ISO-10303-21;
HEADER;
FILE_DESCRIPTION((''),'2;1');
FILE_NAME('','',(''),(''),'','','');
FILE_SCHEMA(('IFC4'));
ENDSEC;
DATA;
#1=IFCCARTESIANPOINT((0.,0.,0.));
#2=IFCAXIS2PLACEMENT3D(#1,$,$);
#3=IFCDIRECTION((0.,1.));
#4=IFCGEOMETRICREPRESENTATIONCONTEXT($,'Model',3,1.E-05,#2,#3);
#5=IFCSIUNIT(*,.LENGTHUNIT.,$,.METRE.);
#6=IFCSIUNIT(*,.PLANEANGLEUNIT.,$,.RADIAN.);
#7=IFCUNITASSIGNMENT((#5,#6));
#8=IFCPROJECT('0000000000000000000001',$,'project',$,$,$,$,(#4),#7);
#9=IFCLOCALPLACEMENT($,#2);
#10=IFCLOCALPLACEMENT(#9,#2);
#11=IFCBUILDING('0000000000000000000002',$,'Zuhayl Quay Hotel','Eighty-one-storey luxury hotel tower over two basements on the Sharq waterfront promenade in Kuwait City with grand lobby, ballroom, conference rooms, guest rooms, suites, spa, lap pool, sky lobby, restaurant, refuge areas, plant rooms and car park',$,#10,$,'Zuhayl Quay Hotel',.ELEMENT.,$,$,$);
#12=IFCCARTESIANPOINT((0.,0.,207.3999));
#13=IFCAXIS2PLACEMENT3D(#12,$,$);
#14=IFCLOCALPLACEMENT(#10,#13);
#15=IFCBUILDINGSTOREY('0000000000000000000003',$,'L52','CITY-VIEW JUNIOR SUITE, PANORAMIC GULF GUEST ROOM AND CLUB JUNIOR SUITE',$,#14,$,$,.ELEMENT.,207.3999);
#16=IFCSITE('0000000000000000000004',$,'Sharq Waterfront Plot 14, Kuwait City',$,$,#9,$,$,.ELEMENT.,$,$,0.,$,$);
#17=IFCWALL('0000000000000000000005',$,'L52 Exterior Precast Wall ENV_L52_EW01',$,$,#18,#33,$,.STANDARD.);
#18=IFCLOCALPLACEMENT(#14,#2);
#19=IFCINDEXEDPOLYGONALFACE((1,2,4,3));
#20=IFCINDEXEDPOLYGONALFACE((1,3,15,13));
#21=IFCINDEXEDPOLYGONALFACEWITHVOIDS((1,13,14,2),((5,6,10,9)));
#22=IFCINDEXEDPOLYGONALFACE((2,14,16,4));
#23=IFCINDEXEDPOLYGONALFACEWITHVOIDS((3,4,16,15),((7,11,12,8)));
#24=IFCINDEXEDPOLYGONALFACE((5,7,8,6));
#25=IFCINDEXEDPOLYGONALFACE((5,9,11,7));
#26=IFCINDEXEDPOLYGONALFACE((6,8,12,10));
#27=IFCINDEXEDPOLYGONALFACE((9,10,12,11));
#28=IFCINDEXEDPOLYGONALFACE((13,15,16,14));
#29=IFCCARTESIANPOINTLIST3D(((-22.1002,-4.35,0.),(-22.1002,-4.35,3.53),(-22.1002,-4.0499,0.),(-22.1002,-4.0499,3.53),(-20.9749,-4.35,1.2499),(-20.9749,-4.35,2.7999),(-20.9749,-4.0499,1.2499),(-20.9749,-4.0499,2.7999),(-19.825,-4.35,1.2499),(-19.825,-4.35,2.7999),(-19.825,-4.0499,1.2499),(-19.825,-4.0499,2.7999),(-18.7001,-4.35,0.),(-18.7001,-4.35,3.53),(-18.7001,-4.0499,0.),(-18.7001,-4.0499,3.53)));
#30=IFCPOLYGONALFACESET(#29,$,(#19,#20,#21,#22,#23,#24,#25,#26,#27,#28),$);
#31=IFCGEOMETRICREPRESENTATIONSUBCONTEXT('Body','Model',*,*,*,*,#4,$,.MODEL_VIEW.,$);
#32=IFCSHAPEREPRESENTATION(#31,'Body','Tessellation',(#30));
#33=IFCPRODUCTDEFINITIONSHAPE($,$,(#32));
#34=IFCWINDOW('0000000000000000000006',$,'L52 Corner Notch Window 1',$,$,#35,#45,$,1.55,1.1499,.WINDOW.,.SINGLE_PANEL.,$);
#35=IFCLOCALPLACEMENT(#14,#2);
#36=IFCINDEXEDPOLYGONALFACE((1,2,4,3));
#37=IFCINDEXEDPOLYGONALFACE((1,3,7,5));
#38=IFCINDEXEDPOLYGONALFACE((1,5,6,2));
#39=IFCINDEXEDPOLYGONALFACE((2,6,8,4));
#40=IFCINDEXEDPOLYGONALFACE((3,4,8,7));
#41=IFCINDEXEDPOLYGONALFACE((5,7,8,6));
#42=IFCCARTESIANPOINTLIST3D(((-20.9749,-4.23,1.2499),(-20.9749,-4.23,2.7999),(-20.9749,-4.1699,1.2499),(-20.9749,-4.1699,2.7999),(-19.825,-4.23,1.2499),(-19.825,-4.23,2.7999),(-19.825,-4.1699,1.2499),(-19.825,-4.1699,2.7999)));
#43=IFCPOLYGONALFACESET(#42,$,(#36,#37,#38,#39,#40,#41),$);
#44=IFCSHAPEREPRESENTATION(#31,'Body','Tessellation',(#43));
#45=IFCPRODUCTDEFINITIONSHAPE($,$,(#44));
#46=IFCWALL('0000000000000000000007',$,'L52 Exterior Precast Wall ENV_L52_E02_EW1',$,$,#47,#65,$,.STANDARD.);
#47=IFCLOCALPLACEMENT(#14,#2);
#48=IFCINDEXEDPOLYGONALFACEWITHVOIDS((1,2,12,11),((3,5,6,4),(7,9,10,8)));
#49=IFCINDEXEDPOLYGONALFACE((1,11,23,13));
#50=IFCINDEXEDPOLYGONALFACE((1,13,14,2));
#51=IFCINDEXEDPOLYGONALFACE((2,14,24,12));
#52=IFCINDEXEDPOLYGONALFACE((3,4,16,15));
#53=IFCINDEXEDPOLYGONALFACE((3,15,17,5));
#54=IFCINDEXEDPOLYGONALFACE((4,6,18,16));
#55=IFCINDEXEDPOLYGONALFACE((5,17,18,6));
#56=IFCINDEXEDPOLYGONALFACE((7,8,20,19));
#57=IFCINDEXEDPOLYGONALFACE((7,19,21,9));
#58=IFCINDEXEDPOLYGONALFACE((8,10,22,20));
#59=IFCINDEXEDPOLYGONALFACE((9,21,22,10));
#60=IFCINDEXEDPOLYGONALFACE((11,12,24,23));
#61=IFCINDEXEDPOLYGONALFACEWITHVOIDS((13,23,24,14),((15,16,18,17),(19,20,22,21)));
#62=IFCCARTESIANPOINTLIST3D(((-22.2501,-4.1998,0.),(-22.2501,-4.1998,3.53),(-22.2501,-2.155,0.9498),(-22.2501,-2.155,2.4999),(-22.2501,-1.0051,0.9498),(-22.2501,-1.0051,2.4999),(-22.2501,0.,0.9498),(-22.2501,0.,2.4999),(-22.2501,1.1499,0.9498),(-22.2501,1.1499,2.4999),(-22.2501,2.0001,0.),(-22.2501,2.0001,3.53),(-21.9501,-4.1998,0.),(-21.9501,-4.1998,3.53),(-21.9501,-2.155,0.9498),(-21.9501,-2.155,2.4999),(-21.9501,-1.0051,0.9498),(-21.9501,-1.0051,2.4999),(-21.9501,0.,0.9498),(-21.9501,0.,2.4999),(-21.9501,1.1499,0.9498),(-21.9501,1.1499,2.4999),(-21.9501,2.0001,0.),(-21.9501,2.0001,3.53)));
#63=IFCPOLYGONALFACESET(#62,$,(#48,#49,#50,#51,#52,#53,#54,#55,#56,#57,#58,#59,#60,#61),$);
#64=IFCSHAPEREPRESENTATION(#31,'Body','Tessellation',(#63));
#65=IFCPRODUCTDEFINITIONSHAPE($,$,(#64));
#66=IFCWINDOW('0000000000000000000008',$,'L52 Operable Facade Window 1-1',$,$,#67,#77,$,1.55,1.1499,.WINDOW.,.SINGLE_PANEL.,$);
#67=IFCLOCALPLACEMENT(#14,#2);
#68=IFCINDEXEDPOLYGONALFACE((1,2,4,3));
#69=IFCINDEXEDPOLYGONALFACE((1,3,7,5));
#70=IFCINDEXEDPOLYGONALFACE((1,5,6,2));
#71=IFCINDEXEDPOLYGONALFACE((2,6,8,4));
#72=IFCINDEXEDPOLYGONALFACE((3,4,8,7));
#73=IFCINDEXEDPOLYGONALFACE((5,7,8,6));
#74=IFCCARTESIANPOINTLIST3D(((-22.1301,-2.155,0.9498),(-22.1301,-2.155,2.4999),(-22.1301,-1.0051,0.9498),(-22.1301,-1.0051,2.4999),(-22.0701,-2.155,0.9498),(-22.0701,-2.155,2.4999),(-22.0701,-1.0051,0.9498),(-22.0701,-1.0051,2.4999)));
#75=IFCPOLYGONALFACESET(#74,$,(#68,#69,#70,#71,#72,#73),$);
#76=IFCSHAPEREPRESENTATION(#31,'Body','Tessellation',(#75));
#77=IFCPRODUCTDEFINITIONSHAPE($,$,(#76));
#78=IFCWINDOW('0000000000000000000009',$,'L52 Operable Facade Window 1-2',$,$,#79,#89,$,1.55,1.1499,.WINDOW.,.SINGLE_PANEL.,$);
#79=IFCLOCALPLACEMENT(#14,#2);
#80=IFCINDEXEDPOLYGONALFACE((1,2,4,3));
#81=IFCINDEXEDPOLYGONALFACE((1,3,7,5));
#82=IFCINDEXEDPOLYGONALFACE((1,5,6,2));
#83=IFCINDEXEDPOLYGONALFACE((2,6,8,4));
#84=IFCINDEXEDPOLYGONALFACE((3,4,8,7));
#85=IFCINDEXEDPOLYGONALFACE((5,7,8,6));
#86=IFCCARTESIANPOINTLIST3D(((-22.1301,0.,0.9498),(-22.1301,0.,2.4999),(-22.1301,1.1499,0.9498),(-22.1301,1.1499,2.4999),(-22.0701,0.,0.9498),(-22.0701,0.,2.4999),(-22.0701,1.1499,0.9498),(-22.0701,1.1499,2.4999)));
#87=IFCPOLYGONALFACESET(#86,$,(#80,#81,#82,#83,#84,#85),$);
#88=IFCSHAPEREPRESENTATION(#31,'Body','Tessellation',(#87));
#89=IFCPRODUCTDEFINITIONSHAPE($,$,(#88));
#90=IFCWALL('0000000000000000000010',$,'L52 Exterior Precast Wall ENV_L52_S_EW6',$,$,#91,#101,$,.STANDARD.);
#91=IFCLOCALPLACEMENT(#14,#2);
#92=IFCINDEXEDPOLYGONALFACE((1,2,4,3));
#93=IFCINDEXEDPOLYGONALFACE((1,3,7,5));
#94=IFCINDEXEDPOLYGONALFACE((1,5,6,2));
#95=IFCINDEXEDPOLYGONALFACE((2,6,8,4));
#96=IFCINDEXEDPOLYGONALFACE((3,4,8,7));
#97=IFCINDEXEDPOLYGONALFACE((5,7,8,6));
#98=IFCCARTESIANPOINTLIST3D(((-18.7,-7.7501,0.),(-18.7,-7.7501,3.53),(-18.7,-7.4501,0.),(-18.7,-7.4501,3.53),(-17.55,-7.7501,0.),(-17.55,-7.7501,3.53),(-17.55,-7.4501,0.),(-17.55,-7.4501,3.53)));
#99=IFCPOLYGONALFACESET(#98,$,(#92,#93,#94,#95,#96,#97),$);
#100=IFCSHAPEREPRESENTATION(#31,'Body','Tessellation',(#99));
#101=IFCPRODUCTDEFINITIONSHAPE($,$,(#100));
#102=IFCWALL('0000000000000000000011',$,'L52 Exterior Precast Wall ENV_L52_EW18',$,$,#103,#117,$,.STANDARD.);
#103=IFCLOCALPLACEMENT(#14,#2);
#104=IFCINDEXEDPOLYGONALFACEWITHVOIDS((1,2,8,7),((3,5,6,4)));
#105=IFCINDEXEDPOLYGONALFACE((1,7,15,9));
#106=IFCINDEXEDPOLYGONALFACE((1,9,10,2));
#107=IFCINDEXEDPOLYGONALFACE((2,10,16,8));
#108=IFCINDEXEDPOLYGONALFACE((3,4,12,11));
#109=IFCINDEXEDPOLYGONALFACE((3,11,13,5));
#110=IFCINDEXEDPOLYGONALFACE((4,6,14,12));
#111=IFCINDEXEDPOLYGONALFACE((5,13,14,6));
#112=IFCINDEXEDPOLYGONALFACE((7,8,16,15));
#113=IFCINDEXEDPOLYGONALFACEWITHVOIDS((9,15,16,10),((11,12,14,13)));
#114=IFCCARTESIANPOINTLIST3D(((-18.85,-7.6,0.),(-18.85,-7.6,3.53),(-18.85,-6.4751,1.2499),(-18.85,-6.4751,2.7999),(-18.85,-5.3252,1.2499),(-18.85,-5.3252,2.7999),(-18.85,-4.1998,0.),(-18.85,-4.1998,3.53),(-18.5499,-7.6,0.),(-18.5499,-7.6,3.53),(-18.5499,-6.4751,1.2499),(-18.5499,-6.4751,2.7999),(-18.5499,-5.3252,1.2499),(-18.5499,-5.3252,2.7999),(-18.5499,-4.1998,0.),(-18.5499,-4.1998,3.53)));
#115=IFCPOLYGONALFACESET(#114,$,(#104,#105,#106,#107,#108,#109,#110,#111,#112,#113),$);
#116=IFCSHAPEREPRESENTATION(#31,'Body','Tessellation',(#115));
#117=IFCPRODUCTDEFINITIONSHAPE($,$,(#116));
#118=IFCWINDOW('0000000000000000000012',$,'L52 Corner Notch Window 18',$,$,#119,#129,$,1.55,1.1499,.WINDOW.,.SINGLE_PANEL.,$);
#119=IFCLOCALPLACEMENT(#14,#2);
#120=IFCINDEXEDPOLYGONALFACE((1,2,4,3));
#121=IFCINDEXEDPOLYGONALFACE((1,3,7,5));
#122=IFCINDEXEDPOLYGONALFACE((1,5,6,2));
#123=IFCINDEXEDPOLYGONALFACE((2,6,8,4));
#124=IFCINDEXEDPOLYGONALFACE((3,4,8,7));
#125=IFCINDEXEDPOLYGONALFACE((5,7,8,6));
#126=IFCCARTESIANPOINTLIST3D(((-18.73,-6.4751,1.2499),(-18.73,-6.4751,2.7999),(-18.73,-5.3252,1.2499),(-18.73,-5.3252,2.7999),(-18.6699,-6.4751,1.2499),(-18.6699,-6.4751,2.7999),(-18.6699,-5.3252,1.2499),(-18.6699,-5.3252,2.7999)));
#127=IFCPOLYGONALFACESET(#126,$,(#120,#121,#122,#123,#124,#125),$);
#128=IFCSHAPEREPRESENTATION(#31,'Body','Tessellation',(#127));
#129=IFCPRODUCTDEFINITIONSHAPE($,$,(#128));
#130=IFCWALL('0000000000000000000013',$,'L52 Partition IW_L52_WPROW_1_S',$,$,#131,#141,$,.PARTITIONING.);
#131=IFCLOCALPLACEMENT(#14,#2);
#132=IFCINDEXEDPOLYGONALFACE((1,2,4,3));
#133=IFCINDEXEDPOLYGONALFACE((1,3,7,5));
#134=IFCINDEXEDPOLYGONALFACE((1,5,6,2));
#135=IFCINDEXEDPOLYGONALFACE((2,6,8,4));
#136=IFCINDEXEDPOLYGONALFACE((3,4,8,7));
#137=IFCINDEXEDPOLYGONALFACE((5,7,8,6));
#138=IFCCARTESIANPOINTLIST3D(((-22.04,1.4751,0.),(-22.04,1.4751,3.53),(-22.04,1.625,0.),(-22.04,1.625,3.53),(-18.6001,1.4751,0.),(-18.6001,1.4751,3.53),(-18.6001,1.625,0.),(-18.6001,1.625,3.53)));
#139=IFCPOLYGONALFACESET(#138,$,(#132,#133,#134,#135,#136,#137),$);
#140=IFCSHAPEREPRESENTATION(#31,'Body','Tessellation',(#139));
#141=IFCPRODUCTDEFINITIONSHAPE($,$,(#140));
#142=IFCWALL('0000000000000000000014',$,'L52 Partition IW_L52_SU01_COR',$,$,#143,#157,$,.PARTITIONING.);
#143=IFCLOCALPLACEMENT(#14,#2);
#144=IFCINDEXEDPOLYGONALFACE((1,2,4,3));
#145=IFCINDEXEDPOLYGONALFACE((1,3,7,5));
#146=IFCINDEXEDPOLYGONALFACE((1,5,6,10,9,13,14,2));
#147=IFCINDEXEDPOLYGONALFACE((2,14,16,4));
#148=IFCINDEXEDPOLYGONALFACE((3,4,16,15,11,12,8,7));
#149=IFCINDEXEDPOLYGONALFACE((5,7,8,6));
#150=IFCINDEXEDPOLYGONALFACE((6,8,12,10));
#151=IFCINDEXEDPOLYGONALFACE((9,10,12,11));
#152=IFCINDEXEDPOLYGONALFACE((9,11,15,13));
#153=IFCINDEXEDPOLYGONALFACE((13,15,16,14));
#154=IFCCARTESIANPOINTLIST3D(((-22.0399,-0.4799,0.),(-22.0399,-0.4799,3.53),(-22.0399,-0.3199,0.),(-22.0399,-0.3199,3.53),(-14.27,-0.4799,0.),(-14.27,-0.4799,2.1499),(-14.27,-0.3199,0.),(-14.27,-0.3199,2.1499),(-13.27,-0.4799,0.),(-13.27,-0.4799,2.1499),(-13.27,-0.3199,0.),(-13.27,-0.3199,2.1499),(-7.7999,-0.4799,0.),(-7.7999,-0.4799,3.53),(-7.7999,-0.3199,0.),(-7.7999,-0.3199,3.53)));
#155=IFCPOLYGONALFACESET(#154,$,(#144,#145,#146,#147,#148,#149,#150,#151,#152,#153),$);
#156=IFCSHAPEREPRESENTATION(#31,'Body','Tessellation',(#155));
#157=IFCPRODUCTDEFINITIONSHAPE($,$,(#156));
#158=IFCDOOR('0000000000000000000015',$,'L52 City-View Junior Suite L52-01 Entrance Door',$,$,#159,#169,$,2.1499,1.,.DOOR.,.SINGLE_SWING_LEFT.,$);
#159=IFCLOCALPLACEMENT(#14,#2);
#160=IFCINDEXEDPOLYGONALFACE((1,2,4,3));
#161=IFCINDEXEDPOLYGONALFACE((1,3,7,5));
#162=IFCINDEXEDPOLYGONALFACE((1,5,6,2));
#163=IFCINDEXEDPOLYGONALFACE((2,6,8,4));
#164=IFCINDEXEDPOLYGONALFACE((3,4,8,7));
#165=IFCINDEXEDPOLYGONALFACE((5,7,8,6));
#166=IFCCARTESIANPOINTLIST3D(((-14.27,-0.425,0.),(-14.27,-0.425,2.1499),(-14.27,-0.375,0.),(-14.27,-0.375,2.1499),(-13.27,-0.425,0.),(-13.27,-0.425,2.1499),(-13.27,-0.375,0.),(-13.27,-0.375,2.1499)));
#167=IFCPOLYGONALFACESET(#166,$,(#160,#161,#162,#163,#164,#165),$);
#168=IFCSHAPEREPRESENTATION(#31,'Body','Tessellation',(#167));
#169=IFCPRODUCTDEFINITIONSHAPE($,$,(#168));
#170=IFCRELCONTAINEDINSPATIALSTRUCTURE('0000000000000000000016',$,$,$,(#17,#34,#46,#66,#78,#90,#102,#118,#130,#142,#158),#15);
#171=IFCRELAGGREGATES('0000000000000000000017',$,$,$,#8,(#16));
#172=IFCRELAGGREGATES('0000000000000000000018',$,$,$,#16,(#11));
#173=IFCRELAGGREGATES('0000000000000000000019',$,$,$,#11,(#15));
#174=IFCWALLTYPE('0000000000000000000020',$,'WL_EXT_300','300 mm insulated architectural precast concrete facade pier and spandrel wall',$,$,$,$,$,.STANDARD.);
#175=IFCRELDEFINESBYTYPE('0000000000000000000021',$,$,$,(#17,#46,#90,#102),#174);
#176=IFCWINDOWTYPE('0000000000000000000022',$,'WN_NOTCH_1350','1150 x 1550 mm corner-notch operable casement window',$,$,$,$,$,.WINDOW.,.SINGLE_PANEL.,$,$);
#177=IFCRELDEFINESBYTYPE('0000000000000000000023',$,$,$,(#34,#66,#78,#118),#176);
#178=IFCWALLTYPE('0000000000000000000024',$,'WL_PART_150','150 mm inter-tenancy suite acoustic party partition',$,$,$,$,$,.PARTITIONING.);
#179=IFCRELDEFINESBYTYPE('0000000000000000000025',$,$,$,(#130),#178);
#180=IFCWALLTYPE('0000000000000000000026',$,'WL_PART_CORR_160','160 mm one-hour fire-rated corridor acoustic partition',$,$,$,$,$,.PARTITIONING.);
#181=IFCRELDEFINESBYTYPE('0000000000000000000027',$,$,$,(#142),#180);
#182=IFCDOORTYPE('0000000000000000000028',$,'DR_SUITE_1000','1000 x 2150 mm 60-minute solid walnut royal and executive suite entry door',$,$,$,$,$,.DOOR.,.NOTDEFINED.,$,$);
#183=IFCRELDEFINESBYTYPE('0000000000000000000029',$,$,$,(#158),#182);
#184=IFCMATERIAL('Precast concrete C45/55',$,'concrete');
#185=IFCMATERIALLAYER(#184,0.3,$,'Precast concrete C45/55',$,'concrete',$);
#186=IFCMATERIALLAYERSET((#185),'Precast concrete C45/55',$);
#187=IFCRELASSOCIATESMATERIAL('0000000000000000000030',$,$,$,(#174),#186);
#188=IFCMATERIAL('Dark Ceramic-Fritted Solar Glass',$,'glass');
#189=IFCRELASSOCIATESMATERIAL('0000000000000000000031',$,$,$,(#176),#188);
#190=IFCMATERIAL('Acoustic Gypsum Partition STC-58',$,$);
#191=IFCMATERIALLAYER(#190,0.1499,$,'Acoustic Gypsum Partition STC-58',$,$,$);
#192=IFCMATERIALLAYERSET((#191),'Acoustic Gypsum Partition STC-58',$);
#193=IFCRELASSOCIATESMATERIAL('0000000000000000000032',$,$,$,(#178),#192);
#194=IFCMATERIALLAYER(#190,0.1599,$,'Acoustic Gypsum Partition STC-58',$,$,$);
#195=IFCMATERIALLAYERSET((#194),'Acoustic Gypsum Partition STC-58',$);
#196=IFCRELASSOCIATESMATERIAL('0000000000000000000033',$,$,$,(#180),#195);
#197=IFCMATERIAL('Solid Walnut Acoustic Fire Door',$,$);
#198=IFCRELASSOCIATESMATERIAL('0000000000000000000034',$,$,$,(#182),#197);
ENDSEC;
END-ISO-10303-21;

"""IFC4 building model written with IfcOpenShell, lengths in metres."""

from ifc_helpers import new_model, si_unit, direction, frame, frame_2d, origin, place, context, subcontext, project, spatial, rectangle, extrude, material, layer, layer_set, type_object, element, fill, save


model = new_model("IFC4")

# Units and contexts
model_context = context("Model", 3, precision=1e-05, world=origin(), true_north=direction((0.0, 1.0)))
body_context = subcontext(model_context, "Body", "Model", "MODEL_VIEW")
ifc_project = project(units=[si_unit("LENGTHUNIT", "METRE"), si_unit("PLANEANGLEUNIT", "RADIAN")], contexts=[model_context])

# Site, building, storey
site_placement = place(None, origin())
site = spatial("IfcSite", under=ifc_project, at=site_placement, Name="Sharq Waterfront Plot 14, Kuwait City", CompositionType="ELEMENT", RefElevation=0.0)
building_placement = place(site_placement, origin())
building = spatial("IfcBuilding", under=site, at=building_placement, Name="Zuhayl Quay Hotel", Description="Eighty-one-storey luxury hotel tower over two basements on the Sharq waterfront promenade in Kuwait City with grand lobby, ballroom, conference rooms, guest rooms, suites, spa, lap pool, sky lobby, restaurant, refuge areas, plant rooms and car park", LongName="Zuhayl Quay Hotel", CompositionType="ELEMENT")
storey_placement = place(building_placement, frame((0.0, 0.0, 207.3999)))
storey = spatial("IfcBuildingStorey", under=building, at=storey_placement, Name="L52", Description="CITY-VIEW JUNIOR SUITE, PANORAMIC GULF GUEST ROOM AND CLUB JUNIOR SUITE", CompositionType="ELEMENT", Elevation=207.3999)

# Shared definitions
ifc_material_1 = material(Name="Dark Ceramic-Fritted Solar Glass", Category="glass")

# Wall, opening, window
ifc_material_2 = material(Name="Precast concrete C45/55", Category="concrete")
ifc_layer_1 = layer(ifc_material_2, 0.3, Name="Precast concrete C45/55", Category="concrete")
ifc_layer_set_1 = layer_set([ifc_layer_1], Name="Precast concrete C45/55")
wall_type_1 = type_object("IfcWallType", Name="WL_EXT_300", Description="300 mm insulated architectural precast concrete facade pier and spandrel wall", PredefinedType="STANDARD", material=ifc_layer_set_1)
wall_1_placement = place(storey_placement, frame((-18.7, -4.2, 0.0), z_axis=(0.0, 0.0, 1.0), x_axis=(-1.0, 0.0, 0.0)))
wall_1 = element("IfcWall", 1, at=wall_1_placement, inside=storey, type_object=wall_type_1, Name="L52 Exterior Precast Wall ENV_L52_EW01", PredefinedType="STANDARD", context=body_context, shape_type="SweptSolid", body=[
    extrude(rectangle(XDim=3.4001, YDim=0.3, at=frame_2d((1.7002, 0.0))), origin(), (0.0, 0.0, 1.0), 3.53),
])
opening_1_placement = place(wall_1_placement, frame((1.125, 0.0, 1.25)))
opening_1 = element("IfcOpeningElement", 2, at=opening_1_placement, cuts=wall_1, PredefinedType="OPENING", context=body_context, shape_type="SweptSolid", body=[
    extrude(rectangle(XDim=1.1499, YDim=1.55, at=frame_2d((0.575, 0.7749))), frame((0.0, 0.1599, 0.0), z_axis=(0.0, -1.0, 0.0), x_axis=(1.0, 0.0, 0.0)), (0.0, 0.0, 1.0), 0.3201),
])
window_type = type_object("IfcWindowType", Name="WN_NOTCH_1350", Description="1150 x 1550 mm corner-notch operable casement window", PartitioningType="SINGLE_PANEL", PredefinedType="WINDOW", material=ifc_material_1)
window_1_placement = place(opening_1_placement, origin())
window_1 = element("IfcWindow", 3, at=window_1_placement, inside=storey, type_object=window_type, Name="L52 Corner Notch Window 1", OverallHeight=1.55, OverallWidth=1.1499, PartitioningType="SINGLE_PANEL", PredefinedType="WINDOW", context=body_context, shape_type="SweptSolid", body=[
    extrude(rectangle(XDim=1.1499, YDim=1.55, at=frame_2d((0.575, 0.7749))), frame((0.0, 0.03, 0.0), z_axis=(0.0, -1.0, 0.0), x_axis=(1.0, 0.0, 0.0)), (0.0, 0.0, 1.0), 0.0601),
])
fill(opening_1, window_1)

# Wall, openings, windows
wall_2_placement = place(storey_placement, frame((-22.1001, -4.2, 0.0), z_axis=(0.0, 0.0, 1.0), x_axis=(0.0, 1.0, 0.0)))
wall_2 = element("IfcWall", 4, at=wall_2_placement, inside=storey, type_object=wall_type_1, Name="L52 Exterior Precast Wall ENV_L52_E02_EW1", PredefinedType="STANDARD", context=body_context, shape_type="SweptSolid", body=[
    extrude(rectangle(XDim=6.2, YDim=0.3, at=frame_2d((3.1001, 0.0))), origin(), (0.0, 0.0, 1.0), 3.53),
])
opening_2_placement = place(wall_2_placement, frame((2.0449, 0.0, 0.95)))
opening_2 = element("IfcOpeningElement", 5, at=opening_2_placement, cuts=wall_2, PredefinedType="OPENING", context=body_context, shape_type="SweptSolid", body=[
    extrude(rectangle(XDim=1.1499, YDim=1.55, at=frame_2d((0.575, 0.7749))), frame((0.0, 0.1599, 0.0), z_axis=(0.0, -1.0, 0.0), x_axis=(1.0, 0.0, 0.0)), (0.0, 0.0, 1.0), 0.3201),
])
opening_3_placement = place(wall_2_placement, frame((4.2, 0.0, 0.95)))
opening_3 = element("IfcOpeningElement", 6, at=opening_3_placement, cuts=wall_2, PredefinedType="OPENING", context=body_context, shape_type="SweptSolid", body=[
    extrude(rectangle(XDim=1.1499, YDim=1.55, at=frame_2d((0.575, 0.7749))), frame((0.0, 0.1599, 0.0), z_axis=(0.0, -1.0, 0.0), x_axis=(1.0, 0.0, 0.0)), (0.0, 0.0, 1.0), 0.3201),
])
window_2_placement = place(opening_2_placement, origin())
window_2 = element("IfcWindow", 7, at=window_2_placement, inside=storey, type_object=window_type, Name="L52 Operable Facade Window 1-1", OverallHeight=1.55, OverallWidth=1.1499, PartitioningType="SINGLE_PANEL", PredefinedType="WINDOW", context=body_context, shape_type="SweptSolid", body=[
    extrude(rectangle(XDim=1.1499, YDim=1.55, at=frame_2d((0.575, 0.7749))), frame((0.0, 0.03, 0.0), z_axis=(0.0, -1.0, 0.0), x_axis=(1.0, 0.0, 0.0)), (0.0, 0.0, 1.0), 0.0601),
])
fill(opening_2, window_2)
window_3_placement = place(opening_3_placement, origin())
window_3 = element("IfcWindow", 8, at=window_3_placement, inside=storey, type_object=window_type, Name="L52 Operable Facade Window 1-2", OverallHeight=1.55, OverallWidth=1.1499, PartitioningType="SINGLE_PANEL", PredefinedType="WINDOW", context=body_context, shape_type="SweptSolid", body=[
    extrude(rectangle(XDim=1.1499, YDim=1.55, at=frame_2d((0.575, 0.7749))), frame((0.0, 0.03, 0.0), z_axis=(0.0, -1.0, 0.0), x_axis=(1.0, 0.0, 0.0)), (0.0, 0.0, 1.0), 0.0601),
])
fill(opening_3, window_3)

# Wall
wall_3_placement = place(storey_placement, frame((-17.55, -7.6001, 0.0), z_axis=(0.0, 0.0, 1.0), x_axis=(-1.0, 0.0, 0.0)))
element("IfcWall", 9, at=wall_3_placement, inside=storey, type_object=wall_type_1, Name="L52 Exterior Precast Wall ENV_L52_S_EW6", PredefinedType="STANDARD", context=body_context, shape_type="SweptSolid", body=[
    extrude(rectangle(XDim=1.1499, YDim=0.3, at=frame_2d((0.575, 0.0))), origin(), (0.0, 0.0, 1.0), 3.53),
])

# Wall, opening, window
wall_4_placement = place(storey_placement, frame((-18.7, -7.6001, 0.0), z_axis=(0.0, 0.0, 1.0), x_axis=(0.0, 1.0, 0.0)))
wall_4 = element("IfcWall", 10, at=wall_4_placement, inside=storey, type_object=wall_type_1, Name="L52 Exterior Precast Wall ENV_L52_EW18", PredefinedType="STANDARD", context=body_context, shape_type="SweptSolid", body=[
    extrude(rectangle(XDim=3.4001, YDim=0.3, at=frame_2d((1.7002, 0.0))), origin(), (0.0, 0.0, 1.0), 3.53),
])
opening_4_placement = place(wall_4_placement, frame((1.125, 0.0, 1.25)))
opening_4 = element("IfcOpeningElement", 11, at=opening_4_placement, cuts=wall_4, PredefinedType="OPENING", context=body_context, shape_type="SweptSolid", body=[
    extrude(rectangle(XDim=1.1499, YDim=1.55, at=frame_2d((0.575, 0.7749))), frame((0.0, 0.1599, 0.0), z_axis=(0.0, -1.0, 0.0), x_axis=(1.0, 0.0, 0.0)), (0.0, 0.0, 1.0), 0.3201),
])
window_4_placement = place(opening_4_placement, origin())
window_4 = element("IfcWindow", 12, at=window_4_placement, inside=storey, type_object=window_type, Name="L52 Corner Notch Window 18", OverallHeight=1.55, OverallWidth=1.1499, PartitioningType="SINGLE_PANEL", PredefinedType="WINDOW", context=body_context, shape_type="SweptSolid", body=[
    extrude(rectangle(XDim=1.1499, YDim=1.55, at=frame_2d((0.575, 0.7749))), frame((0.0, 0.03, 0.0), z_axis=(0.0, -1.0, 0.0), x_axis=(1.0, 0.0, 0.0)), (0.0, 0.0, 1.0), 0.0601),
])
fill(opening_4, window_4)

# Wall
ifc_material_3 = material(Name="Acoustic Gypsum Partition STC-58")
ifc_layer_2 = layer(ifc_material_3, 0.1499, Name="Acoustic Gypsum Partition STC-58")
ifc_layer_set_2 = layer_set([ifc_layer_2], Name="Acoustic Gypsum Partition STC-58")
wall_type_2 = type_object("IfcWallType", Name="WL_PART_150", Description="150 mm inter-tenancy suite acoustic party partition", PredefinedType="PARTITIONING", material=ifc_layer_set_2)
wall_5_placement = place(storey_placement, frame((-22.04, 1.55, 0.0), z_axis=(0.0, 0.0, 1.0), x_axis=(1.0, 0.0, 0.0)))
element("IfcWall", 13, at=wall_5_placement, inside=storey, type_object=wall_type_2, Name="L52 Partition IW_L52_WPROW_1_S", PredefinedType="PARTITIONING", context=body_context, shape_type="SweptSolid", body=[
    extrude(rectangle(XDim=3.4399, YDim=0.1499, at=frame_2d((1.72, 0.0))), origin(), (0.0, 0.0, 1.0), 3.53),
])

# Wall, opening, door
ifc_layer_3 = layer(ifc_material_3, 0.1599, Name="Acoustic Gypsum Partition STC-58")
ifc_layer_set_3 = layer_set([ifc_layer_3], Name="Acoustic Gypsum Partition STC-58")
wall_type_3 = type_object("IfcWallType", Name="WL_PART_CORR_160", Description="160 mm one-hour fire-rated corridor acoustic partition", PredefinedType="PARTITIONING", material=ifc_layer_set_3)
wall_6_placement = place(storey_placement, frame((-22.04, -0.3999, 0.0), z_axis=(0.0, 0.0, 1.0), x_axis=(1.0, 0.0, 0.0)))
wall_6 = element("IfcWall", 14, at=wall_6_placement, inside=storey, type_object=wall_type_3, Name="L52 Partition IW_L52_SU01_COR", PredefinedType="PARTITIONING", context=body_context, shape_type="SweptSolid", body=[
    extrude(rectangle(XDim=14.24, YDim=0.1599, at=frame_2d((7.1201, 0.0))), origin(), (0.0, 0.0, 1.0), 3.53),
])
opening_5_placement = place(wall_6_placement, frame((7.77, 0.0, 0.0)))
opening_5 = element("IfcOpeningElement", 15, at=opening_5_placement, cuts=wall_6, PredefinedType="OPENING", context=body_context, shape_type="SweptSolid", body=[
    extrude(rectangle(XDim=1.0, YDim=2.1499, at=frame_2d((0.5, 1.075))), frame((0.0, 0.0898, 0.0), z_axis=(0.0, -1.0, 0.0), x_axis=(1.0, 0.0, 0.0)), (0.0, 0.0, 1.0), 0.1799),
])
ifc_material_4 = material(Name="Solid Walnut Acoustic Fire Door")
door_type_1 = type_object("IfcDoorType", Name="DR_SUITE_1000", Description="1000 x 2150 mm 60-minute solid walnut royal and executive suite entry door", OperationType="NOTDEFINED", PredefinedType="DOOR", material=ifc_material_4)
door_1_placement = place(opening_5_placement, origin())
door_1 = element("IfcDoor", 16, at=door_1_placement, inside=storey, type_object=door_type_1, Name="L52 City-View Junior Suite L52-01 Entrance Door", OperationType="SINGLE_SWING_LEFT", OverallHeight=2.1499, OverallWidth=1.0, PredefinedType="DOOR", context=body_context, shape_type="SweptSolid", body=[
    extrude(rectangle(XDim=1.0, YDim=2.1499, at=frame_2d((0.5, 1.075))), frame((0.0, 0.0249, 0.0), z_axis=(0.0, -1.0, 0.0), x_axis=(1.0, 0.0, 0.0)), (0.0, 0.0, 1.0), 0.05),
])
fill(opening_5, door_1)

save(model, "model.ifc")
